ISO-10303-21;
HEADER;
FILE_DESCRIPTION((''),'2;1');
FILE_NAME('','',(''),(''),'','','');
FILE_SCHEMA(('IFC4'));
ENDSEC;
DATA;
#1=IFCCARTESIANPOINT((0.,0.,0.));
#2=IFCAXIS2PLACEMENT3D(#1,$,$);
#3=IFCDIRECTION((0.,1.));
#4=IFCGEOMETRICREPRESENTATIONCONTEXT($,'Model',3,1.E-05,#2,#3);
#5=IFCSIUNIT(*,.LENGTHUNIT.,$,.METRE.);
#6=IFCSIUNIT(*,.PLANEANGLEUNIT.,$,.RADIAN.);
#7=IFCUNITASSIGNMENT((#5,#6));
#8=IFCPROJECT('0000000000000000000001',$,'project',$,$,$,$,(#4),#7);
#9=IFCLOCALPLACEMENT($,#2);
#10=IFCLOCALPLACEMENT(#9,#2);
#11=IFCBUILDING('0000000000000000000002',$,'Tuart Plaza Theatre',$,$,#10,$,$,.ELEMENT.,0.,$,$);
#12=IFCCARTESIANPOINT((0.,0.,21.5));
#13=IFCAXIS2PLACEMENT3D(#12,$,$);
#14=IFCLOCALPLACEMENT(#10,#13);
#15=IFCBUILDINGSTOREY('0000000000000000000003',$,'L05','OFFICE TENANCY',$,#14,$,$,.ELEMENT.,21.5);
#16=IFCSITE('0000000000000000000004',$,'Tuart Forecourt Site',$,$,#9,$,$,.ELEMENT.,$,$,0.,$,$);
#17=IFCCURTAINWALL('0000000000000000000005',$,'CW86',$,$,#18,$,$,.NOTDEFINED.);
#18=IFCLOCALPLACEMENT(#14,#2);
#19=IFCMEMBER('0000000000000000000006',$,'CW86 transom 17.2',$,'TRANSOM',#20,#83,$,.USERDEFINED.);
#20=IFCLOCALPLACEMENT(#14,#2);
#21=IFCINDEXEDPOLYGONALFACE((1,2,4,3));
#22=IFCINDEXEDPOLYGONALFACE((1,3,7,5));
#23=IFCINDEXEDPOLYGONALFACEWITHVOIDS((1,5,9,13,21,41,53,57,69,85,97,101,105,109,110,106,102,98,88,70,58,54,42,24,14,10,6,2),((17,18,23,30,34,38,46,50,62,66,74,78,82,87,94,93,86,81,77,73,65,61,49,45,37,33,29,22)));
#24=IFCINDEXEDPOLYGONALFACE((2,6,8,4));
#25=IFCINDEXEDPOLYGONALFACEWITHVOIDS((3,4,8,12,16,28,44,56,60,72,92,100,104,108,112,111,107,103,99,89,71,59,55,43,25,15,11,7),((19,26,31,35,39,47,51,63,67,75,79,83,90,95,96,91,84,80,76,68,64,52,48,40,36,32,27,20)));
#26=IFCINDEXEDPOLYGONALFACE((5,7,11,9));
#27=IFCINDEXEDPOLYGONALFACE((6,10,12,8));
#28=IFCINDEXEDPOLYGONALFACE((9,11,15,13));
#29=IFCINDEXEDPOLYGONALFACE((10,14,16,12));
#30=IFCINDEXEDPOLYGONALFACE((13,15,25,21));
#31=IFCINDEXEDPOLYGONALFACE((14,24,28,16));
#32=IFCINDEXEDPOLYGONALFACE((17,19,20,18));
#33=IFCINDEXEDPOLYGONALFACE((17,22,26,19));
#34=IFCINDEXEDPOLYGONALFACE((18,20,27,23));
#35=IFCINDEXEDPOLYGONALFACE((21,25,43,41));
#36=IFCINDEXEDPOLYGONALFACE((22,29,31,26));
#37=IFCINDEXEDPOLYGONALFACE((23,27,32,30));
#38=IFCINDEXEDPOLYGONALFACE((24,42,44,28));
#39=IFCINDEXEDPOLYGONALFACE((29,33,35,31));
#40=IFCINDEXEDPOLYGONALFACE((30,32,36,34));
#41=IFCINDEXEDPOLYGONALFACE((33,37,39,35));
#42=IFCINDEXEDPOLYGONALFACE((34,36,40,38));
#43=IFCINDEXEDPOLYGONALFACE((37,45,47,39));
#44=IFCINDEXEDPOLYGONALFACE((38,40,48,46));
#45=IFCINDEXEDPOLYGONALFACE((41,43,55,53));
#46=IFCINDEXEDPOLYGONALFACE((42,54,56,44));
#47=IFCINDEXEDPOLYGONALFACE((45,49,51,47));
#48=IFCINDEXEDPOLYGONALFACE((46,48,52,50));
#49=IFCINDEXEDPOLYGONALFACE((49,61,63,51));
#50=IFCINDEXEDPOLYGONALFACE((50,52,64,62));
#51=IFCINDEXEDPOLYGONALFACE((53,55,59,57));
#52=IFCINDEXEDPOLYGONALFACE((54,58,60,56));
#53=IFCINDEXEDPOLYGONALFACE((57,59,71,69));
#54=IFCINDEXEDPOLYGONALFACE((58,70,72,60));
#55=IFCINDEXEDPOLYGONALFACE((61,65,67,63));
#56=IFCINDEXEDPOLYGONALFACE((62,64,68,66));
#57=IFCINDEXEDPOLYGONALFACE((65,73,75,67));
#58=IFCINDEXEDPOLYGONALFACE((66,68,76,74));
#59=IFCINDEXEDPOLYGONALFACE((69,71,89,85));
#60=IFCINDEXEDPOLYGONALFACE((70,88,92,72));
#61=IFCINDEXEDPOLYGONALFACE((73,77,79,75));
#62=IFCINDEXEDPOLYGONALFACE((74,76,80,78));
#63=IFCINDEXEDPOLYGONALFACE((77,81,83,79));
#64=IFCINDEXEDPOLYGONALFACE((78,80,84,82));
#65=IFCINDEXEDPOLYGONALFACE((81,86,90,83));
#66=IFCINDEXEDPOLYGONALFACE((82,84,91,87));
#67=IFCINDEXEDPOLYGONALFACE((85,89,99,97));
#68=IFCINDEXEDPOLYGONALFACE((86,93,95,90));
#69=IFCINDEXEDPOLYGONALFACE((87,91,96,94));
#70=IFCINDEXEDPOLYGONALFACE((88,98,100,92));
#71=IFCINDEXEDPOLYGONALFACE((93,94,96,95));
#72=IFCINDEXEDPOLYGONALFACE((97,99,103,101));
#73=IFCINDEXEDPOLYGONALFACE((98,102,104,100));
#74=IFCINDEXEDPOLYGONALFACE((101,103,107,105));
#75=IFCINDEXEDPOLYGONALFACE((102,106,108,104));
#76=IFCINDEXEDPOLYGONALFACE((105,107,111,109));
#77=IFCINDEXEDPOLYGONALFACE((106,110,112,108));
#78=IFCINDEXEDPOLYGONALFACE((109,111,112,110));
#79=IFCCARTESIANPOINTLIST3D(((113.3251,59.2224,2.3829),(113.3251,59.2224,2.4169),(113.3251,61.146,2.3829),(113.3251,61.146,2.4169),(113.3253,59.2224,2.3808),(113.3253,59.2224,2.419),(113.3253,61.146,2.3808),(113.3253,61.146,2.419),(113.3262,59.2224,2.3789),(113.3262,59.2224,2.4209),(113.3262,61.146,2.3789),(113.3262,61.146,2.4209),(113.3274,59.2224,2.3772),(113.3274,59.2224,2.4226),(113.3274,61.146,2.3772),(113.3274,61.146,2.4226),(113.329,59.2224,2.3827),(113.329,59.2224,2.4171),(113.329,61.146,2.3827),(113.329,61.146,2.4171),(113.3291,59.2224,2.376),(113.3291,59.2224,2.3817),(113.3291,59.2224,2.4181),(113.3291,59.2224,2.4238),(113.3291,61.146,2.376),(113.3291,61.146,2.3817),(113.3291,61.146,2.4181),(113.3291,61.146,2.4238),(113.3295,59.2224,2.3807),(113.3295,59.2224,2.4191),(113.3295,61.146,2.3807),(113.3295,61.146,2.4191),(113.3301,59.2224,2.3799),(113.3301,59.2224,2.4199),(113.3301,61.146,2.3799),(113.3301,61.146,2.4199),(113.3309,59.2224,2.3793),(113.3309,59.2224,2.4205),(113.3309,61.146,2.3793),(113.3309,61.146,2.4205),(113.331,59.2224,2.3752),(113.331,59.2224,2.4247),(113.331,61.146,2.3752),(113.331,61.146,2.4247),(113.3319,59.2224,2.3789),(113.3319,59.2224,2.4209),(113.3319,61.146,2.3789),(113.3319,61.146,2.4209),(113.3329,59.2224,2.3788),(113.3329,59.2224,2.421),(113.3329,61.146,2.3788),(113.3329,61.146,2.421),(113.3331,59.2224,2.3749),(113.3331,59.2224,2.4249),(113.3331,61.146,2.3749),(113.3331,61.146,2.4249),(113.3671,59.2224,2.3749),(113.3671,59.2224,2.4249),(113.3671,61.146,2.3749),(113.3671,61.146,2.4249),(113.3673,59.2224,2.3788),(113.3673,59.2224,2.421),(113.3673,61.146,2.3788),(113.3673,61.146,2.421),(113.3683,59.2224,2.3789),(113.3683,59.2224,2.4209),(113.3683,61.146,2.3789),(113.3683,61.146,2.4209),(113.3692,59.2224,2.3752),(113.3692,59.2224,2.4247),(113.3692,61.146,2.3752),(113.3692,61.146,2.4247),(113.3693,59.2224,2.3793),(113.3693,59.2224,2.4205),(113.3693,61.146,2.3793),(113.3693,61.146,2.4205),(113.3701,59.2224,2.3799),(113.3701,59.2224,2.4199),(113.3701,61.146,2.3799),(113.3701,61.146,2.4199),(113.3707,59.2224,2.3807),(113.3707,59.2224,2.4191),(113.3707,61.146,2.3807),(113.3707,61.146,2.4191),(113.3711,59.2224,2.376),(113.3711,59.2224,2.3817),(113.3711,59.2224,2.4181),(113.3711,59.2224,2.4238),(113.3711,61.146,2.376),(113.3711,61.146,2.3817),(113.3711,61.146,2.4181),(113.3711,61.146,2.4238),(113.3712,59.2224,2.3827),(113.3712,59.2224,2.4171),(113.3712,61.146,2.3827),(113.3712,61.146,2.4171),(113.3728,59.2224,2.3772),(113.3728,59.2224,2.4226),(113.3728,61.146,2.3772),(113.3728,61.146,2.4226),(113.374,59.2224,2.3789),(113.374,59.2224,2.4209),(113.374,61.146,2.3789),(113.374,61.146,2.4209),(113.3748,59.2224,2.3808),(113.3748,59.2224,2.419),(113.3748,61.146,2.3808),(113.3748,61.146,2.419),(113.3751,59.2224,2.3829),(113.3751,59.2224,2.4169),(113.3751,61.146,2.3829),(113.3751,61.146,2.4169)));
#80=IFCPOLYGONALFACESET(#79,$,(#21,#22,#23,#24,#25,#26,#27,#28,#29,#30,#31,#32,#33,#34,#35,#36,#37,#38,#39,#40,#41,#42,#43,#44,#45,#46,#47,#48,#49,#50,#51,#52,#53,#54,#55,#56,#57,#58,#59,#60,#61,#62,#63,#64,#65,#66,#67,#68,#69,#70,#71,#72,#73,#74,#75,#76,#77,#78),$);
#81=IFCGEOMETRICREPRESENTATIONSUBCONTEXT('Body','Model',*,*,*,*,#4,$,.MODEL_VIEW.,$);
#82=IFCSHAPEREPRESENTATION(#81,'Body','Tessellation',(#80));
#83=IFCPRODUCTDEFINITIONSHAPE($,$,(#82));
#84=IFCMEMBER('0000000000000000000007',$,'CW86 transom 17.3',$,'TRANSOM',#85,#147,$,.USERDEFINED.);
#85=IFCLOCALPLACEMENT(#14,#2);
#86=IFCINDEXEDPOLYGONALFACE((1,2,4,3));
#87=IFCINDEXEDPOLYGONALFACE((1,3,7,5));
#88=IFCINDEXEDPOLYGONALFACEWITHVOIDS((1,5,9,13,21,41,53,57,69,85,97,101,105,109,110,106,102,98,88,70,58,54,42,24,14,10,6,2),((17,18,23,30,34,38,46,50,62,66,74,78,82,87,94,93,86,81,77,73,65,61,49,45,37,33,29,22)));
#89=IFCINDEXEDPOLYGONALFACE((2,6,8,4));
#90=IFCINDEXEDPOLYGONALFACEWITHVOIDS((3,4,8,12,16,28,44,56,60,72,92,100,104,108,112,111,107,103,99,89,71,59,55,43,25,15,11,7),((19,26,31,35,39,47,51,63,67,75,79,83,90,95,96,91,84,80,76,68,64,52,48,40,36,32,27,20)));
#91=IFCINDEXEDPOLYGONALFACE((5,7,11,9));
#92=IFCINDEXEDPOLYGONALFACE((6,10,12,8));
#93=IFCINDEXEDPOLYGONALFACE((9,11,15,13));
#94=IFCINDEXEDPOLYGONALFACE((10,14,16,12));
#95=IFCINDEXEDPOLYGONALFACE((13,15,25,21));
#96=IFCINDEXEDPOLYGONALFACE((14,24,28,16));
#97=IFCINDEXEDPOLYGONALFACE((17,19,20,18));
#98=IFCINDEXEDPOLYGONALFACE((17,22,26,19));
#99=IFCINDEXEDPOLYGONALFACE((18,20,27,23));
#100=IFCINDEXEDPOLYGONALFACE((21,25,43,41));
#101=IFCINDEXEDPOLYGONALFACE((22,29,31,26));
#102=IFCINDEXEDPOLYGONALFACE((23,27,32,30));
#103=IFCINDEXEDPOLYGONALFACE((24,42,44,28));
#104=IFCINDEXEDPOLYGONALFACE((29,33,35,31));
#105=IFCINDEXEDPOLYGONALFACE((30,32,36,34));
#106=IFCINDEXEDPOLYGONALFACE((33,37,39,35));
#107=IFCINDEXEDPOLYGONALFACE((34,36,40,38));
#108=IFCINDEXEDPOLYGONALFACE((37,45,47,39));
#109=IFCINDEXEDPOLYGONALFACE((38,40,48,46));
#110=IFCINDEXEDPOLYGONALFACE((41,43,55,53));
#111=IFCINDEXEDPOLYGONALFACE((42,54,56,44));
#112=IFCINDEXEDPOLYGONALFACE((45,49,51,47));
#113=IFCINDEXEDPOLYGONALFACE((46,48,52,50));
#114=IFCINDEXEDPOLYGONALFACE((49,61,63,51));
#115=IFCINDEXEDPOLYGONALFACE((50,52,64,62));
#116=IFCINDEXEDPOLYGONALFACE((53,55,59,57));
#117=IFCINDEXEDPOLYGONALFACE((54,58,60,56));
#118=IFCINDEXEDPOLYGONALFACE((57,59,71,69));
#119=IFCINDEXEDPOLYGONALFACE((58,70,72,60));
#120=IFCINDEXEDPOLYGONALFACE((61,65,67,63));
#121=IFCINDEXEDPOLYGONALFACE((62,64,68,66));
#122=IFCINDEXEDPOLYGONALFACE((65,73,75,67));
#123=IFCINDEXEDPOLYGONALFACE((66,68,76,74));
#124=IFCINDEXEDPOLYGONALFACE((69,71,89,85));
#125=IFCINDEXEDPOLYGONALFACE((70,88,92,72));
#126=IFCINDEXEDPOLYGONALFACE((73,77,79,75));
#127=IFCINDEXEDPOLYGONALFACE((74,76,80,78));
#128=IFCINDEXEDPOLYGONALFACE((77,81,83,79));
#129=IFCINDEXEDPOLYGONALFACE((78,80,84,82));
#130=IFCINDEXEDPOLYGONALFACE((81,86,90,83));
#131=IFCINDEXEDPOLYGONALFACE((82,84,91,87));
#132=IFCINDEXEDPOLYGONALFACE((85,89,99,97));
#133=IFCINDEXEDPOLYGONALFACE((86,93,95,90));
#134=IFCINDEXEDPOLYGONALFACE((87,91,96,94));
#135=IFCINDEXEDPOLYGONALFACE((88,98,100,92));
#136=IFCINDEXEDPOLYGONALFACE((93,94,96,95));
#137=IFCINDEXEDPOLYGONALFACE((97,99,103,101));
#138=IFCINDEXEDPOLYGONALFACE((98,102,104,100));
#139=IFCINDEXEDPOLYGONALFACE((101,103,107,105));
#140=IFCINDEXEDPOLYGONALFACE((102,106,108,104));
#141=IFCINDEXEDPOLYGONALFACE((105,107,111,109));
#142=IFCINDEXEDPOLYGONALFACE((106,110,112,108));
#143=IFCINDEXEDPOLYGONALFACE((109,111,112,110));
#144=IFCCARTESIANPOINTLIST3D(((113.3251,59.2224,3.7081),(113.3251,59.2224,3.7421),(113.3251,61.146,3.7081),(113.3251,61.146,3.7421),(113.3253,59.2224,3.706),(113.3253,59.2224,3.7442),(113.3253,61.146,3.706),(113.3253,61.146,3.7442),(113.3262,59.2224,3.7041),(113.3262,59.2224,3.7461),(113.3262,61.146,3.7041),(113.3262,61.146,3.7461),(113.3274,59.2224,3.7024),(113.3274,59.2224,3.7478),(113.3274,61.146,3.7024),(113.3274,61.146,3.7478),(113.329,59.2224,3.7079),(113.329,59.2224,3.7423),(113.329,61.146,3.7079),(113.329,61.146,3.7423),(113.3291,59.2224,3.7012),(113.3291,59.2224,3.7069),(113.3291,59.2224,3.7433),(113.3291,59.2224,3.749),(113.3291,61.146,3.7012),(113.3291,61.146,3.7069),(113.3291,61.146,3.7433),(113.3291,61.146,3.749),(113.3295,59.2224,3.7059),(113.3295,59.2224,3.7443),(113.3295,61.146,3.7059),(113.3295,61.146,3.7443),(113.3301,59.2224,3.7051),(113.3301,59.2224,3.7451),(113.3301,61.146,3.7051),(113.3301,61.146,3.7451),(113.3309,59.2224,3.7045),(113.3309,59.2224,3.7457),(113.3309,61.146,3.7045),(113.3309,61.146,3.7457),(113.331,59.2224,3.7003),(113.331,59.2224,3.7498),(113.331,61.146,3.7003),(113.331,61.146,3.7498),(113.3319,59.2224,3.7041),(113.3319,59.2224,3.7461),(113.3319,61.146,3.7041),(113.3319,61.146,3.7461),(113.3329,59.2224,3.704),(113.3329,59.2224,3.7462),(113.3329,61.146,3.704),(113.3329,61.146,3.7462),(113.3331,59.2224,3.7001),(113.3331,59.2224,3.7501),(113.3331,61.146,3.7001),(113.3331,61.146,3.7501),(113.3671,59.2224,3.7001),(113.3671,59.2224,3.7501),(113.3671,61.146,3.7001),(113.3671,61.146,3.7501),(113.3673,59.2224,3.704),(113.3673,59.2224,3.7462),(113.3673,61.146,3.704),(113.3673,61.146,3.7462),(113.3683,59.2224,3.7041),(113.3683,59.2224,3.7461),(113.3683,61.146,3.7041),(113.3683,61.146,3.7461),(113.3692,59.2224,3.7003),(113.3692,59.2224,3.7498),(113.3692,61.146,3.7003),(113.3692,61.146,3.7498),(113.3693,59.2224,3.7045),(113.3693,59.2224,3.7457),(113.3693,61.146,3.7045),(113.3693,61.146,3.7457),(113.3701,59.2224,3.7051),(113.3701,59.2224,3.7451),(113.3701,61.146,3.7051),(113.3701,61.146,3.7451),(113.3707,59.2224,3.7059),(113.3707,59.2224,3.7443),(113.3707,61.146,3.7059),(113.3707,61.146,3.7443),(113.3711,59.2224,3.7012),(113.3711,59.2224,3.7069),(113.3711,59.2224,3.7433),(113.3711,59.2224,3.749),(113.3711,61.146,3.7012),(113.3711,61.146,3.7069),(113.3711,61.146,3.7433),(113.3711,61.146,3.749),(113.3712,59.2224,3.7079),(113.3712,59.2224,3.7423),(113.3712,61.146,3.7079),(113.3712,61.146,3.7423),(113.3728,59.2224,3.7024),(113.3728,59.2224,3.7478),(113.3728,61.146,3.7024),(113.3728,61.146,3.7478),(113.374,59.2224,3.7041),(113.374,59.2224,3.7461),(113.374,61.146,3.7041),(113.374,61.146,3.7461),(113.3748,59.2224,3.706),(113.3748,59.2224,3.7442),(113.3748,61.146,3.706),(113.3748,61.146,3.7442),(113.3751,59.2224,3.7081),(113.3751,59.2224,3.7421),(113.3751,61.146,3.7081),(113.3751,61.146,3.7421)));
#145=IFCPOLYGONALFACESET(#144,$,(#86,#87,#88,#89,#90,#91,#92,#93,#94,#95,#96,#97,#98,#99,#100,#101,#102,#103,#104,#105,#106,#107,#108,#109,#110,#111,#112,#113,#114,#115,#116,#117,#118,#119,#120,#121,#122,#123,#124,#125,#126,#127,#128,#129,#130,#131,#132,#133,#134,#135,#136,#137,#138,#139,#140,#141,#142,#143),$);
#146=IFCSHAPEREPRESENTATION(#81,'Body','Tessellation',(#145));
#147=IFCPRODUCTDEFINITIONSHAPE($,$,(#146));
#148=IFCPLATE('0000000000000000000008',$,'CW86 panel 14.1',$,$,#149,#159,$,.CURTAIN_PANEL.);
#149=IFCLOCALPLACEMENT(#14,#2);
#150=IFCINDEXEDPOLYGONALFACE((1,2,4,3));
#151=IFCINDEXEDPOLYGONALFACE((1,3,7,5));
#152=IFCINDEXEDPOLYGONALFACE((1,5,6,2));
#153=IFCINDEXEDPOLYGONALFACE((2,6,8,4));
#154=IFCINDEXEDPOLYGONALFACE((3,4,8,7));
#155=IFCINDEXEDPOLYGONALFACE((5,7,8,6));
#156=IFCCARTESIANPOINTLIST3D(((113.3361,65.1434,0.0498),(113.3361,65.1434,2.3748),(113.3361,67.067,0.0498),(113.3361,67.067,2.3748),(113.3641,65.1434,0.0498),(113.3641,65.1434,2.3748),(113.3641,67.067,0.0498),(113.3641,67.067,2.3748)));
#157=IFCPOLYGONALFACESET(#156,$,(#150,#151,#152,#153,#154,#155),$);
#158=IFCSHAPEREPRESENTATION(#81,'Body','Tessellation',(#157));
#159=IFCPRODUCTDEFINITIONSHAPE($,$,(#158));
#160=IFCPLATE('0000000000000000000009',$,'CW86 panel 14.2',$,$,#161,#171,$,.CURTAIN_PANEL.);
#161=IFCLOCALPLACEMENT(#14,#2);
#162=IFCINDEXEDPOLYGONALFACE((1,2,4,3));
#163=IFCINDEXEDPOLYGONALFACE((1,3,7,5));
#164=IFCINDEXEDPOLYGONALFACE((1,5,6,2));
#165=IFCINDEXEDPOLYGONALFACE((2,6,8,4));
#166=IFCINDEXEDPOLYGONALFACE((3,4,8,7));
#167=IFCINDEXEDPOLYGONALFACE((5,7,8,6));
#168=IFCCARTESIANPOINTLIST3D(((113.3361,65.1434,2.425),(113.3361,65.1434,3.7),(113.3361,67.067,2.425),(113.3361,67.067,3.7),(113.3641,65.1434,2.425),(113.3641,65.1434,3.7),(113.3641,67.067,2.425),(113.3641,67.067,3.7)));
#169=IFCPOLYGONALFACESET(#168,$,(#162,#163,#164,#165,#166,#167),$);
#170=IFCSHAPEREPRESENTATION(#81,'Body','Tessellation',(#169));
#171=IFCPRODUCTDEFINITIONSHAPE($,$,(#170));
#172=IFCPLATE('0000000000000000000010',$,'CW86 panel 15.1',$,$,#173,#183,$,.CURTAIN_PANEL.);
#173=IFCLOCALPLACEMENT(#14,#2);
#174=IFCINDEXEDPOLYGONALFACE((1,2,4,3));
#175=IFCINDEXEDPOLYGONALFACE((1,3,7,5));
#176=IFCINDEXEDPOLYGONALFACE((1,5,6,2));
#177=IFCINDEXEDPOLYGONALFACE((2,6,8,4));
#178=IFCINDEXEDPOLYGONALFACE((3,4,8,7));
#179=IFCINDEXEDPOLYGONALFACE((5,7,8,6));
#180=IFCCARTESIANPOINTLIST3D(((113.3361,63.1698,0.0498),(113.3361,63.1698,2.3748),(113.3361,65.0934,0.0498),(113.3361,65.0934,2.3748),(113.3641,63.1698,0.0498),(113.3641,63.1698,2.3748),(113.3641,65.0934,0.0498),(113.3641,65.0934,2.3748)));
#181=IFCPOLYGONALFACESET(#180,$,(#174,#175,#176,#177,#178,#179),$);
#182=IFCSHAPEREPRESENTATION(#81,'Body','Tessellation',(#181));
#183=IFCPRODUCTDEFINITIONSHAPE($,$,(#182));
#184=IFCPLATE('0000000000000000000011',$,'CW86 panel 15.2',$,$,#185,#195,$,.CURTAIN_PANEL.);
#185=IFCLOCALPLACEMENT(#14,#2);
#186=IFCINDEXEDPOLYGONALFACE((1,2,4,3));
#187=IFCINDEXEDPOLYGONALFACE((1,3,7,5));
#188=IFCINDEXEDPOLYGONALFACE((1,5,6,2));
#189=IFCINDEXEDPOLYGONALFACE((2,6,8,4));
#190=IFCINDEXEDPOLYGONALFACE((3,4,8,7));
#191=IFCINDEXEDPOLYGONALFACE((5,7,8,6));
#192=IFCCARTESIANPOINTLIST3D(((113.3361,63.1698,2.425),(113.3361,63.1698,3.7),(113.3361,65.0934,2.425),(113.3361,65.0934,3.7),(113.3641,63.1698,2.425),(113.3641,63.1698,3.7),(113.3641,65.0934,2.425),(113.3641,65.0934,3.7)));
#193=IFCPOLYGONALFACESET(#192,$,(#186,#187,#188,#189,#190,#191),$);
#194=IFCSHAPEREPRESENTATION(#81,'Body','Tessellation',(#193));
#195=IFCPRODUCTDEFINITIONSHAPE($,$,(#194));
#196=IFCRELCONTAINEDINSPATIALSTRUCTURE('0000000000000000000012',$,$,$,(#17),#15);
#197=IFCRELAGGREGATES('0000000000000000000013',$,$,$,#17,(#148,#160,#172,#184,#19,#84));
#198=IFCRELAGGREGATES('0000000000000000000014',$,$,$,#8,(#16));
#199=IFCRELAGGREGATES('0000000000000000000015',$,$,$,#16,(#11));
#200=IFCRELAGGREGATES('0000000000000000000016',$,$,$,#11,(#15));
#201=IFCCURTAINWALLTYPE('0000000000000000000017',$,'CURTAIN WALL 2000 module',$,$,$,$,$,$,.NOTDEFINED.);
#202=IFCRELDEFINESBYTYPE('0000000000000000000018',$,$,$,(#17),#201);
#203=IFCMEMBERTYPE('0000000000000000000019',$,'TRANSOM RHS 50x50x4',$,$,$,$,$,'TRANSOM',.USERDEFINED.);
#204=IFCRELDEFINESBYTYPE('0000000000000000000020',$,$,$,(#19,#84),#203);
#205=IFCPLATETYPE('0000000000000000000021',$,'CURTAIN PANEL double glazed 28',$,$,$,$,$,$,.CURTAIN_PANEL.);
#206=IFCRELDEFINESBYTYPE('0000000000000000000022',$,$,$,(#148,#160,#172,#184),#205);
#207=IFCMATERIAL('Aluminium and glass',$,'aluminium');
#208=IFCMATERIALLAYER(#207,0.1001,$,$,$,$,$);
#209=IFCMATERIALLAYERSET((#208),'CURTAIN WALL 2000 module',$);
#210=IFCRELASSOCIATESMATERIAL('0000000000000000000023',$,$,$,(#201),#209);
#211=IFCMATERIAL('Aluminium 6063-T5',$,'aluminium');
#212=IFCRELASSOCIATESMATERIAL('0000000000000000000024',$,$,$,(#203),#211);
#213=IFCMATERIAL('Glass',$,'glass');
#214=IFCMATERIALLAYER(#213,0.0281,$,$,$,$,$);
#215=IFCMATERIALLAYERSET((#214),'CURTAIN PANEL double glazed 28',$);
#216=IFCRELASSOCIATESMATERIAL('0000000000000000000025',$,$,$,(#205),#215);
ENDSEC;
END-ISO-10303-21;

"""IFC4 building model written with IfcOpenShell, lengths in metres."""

from ifc_helpers import new_model, si_unit, direction, frame, origin, origin_2d, place, context, subcontext, project, spatial, rectangle, hollow_rectangle, extrude, material, layer, layer_set, material_profile, profile_set, type_object, element, aggregate, save


model = new_model("IFC4")

# Units and contexts
model_context = context("Model", 3, precision=1e-05, world=origin(), true_north=direction((0.0, 1.0)))
body_context = subcontext(model_context, "Body", "Model", "MODEL_VIEW")
ifc_project = project(units=[si_unit("LENGTHUNIT", "METRE"), si_unit("PLANEANGLEUNIT", "RADIAN")], contexts=[model_context])

# Site, building, storey
site_placement = place(None, origin())
site = spatial("IfcSite", under=ifc_project, at=site_placement, Name="Tuart Forecourt Site", CompositionType="ELEMENT", RefElevation=0.0)
building_placement = place(site_placement, origin())
building = spatial("IfcBuilding", under=site, at=building_placement, Name="Tuart Plaza Theatre", CompositionType="ELEMENT", ElevationOfRefHeight=0.0)
storey_placement = place(building_placement, frame((0.0, 0.0, 21.5)))
storey = spatial("IfcBuildingStorey", under=building, at=storey_placement, Name="L05", Description="OFFICE TENANCY", CompositionType="ELEMENT", Elevation=21.5)

# Curtain wall, members, plates
ifc_material_1 = material(Name="Aluminium and glass", Category="aluminium")
ifc_layer_1 = layer(ifc_material_1, 0.1001)
ifc_layer_set_1 = layer_set([ifc_layer_1], Name="CURTAIN WALL 2000 module")
curtain_wall_type = type_object("IfcCurtainWallType", Name="CURTAIN WALL 2000 module", PredefinedType="NOTDEFINED", material=ifc_layer_set_1)
curtain_wall_placement = place(storey_placement, origin())
curtain_wall = element("IfcCurtainWall", 1, at=curtain_wall_placement, inside=storey, type_object=curtain_wall_type, Name="CW86", PredefinedType="NOTDEFINED")
ifc_material_2 = material(Name="Aluminium 6063-T5", Category="aluminium")
ifc_material_profile_1 = material_profile(ifc_material_2, hollow_rectangle(XDim=0.05, YDim=0.05, WallThickness=0.0039, InnerFilletRadius=0.0039, OuterFilletRadius=0.0081, at=origin_2d()), Name="RHS 50x50x4")
ifc_profile_set_1 = profile_set([ifc_material_profile_1], Name="Aluminium 6063-T5")
member_type_1 = type_object("IfcMemberType", Name="TRANSOM RHS 50x50x4", ElementType="TRANSOM", PredefinedType="USERDEFINED", material=ifc_profile_set_1)
member_1_placement = place(storey_placement, frame((113.3501, 61.146, 2.3999), z_axis=(0.0, -1.0, 0.0), x_axis=(1.0, 0.0, 0.0)))
member_1 = element("IfcMember", 2, at=member_1_placement, type_object=member_type_1, Name="CW86 transom 17.2", ObjectType="TRANSOM", PredefinedType="USERDEFINED", context=body_context, shape_type="SweptSolid", body=[
    extrude(hollow_rectangle(XDim=0.05, YDim=0.05, WallThickness=0.0039, InnerFilletRadius=0.0039, OuterFilletRadius=0.0081, at=origin_2d()), origin(), (0.0, 0.0, 1.0), 1.9236),
])
member_2_placement = place(storey_placement, frame((113.3501, 61.146, 3.7251), z_axis=(0.0, -1.0, 0.0), x_axis=(1.0, 0.0, 0.0)))
member_2 = element("IfcMember", 3, at=member_2_placement, type_object=member_type_1, Name="CW86 transom 17.3", ObjectType="TRANSOM", PredefinedType="USERDEFINED", context=body_context, shape_type="SweptSolid", body=[
    extrude(hollow_rectangle(XDim=0.05, YDim=0.05, WallThickness=0.0039, InnerFilletRadius=0.0039, OuterFilletRadius=0.0081, at=origin_2d()), origin(), (0.0, 0.0, 1.0), 1.9236),
])
ifc_material_3 = material(Name="Glass", Category="glass")
ifc_layer_2 = layer(ifc_material_3, 0.0281)
ifc_layer_set_2 = layer_set([ifc_layer_2], Name="CURTAIN PANEL double glazed 28")
plate_type = type_object("IfcPlateType", Name="CURTAIN PANEL double glazed 28", PredefinedType="CURTAIN_PANEL", material=ifc_layer_set_2)
plate_1_placement = place(storey_placement, frame((113.3501, 66.1052, 0.0498), z_axis=(0.0, 0.0, 1.0), x_axis=(0.0, -1.0, 0.0)))
plate_1 = element("IfcPlate", 4, at=plate_1_placement, type_object=plate_type, Name="CW86 panel 14.1", PredefinedType="CURTAIN_PANEL", context=body_context, shape_type="SweptSolid", body=[
    extrude(rectangle(XDim=1.9236, YDim=0.0281, at=origin_2d()), origin(), (0.0, 0.0, 1.0), 2.325),
])
plate_2_placement = place(storey_placement, frame((113.3501, 66.1052, 2.425), z_axis=(0.0, 0.0, 1.0), x_axis=(0.0, -1.0, 0.0)))
plate_2 = element("IfcPlate", 5, at=plate_2_placement, type_object=plate_type, Name="CW86 panel 14.2", PredefinedType="CURTAIN_PANEL", context=body_context, shape_type="SweptSolid", body=[
    extrude(rectangle(XDim=1.9236, YDim=0.0281, at=origin_2d()), origin(), (0.0, 0.0, 1.0), 1.2749),
])
plate_3_placement = place(storey_placement, frame((113.3501, 64.1316, 0.0498), z_axis=(0.0, 0.0, 1.0), x_axis=(0.0, -1.0, 0.0)))
plate_3 = element("IfcPlate", 6, at=plate_3_placement, type_object=plate_type, Name="CW86 panel 15.1", PredefinedType="CURTAIN_PANEL", context=body_context, shape_type="SweptSolid", body=[
    extrude(rectangle(XDim=1.9236, YDim=0.0281, at=origin_2d()), origin(), (0.0, 0.0, 1.0), 2.325),
])
plate_4_placement = place(storey_placement, frame((113.3501, 64.1316, 2.425), z_axis=(0.0, 0.0, 1.0), x_axis=(0.0, -1.0, 0.0)))
plate_4 = element("IfcPlate", 7, at=plate_4_placement, type_object=plate_type, Name="CW86 panel 15.2", PredefinedType="CURTAIN_PANEL", context=body_context, shape_type="SweptSolid", body=[
    extrude(rectangle(XDim=1.9236, YDim=0.0281, at=origin_2d()), origin(), (0.0, 0.0, 1.0), 1.2749),
])
aggregate(curtain_wall, [plate_1, plate_2, plate_3, plate_4, member_1, member_2])

save(model, "model.ifc")
